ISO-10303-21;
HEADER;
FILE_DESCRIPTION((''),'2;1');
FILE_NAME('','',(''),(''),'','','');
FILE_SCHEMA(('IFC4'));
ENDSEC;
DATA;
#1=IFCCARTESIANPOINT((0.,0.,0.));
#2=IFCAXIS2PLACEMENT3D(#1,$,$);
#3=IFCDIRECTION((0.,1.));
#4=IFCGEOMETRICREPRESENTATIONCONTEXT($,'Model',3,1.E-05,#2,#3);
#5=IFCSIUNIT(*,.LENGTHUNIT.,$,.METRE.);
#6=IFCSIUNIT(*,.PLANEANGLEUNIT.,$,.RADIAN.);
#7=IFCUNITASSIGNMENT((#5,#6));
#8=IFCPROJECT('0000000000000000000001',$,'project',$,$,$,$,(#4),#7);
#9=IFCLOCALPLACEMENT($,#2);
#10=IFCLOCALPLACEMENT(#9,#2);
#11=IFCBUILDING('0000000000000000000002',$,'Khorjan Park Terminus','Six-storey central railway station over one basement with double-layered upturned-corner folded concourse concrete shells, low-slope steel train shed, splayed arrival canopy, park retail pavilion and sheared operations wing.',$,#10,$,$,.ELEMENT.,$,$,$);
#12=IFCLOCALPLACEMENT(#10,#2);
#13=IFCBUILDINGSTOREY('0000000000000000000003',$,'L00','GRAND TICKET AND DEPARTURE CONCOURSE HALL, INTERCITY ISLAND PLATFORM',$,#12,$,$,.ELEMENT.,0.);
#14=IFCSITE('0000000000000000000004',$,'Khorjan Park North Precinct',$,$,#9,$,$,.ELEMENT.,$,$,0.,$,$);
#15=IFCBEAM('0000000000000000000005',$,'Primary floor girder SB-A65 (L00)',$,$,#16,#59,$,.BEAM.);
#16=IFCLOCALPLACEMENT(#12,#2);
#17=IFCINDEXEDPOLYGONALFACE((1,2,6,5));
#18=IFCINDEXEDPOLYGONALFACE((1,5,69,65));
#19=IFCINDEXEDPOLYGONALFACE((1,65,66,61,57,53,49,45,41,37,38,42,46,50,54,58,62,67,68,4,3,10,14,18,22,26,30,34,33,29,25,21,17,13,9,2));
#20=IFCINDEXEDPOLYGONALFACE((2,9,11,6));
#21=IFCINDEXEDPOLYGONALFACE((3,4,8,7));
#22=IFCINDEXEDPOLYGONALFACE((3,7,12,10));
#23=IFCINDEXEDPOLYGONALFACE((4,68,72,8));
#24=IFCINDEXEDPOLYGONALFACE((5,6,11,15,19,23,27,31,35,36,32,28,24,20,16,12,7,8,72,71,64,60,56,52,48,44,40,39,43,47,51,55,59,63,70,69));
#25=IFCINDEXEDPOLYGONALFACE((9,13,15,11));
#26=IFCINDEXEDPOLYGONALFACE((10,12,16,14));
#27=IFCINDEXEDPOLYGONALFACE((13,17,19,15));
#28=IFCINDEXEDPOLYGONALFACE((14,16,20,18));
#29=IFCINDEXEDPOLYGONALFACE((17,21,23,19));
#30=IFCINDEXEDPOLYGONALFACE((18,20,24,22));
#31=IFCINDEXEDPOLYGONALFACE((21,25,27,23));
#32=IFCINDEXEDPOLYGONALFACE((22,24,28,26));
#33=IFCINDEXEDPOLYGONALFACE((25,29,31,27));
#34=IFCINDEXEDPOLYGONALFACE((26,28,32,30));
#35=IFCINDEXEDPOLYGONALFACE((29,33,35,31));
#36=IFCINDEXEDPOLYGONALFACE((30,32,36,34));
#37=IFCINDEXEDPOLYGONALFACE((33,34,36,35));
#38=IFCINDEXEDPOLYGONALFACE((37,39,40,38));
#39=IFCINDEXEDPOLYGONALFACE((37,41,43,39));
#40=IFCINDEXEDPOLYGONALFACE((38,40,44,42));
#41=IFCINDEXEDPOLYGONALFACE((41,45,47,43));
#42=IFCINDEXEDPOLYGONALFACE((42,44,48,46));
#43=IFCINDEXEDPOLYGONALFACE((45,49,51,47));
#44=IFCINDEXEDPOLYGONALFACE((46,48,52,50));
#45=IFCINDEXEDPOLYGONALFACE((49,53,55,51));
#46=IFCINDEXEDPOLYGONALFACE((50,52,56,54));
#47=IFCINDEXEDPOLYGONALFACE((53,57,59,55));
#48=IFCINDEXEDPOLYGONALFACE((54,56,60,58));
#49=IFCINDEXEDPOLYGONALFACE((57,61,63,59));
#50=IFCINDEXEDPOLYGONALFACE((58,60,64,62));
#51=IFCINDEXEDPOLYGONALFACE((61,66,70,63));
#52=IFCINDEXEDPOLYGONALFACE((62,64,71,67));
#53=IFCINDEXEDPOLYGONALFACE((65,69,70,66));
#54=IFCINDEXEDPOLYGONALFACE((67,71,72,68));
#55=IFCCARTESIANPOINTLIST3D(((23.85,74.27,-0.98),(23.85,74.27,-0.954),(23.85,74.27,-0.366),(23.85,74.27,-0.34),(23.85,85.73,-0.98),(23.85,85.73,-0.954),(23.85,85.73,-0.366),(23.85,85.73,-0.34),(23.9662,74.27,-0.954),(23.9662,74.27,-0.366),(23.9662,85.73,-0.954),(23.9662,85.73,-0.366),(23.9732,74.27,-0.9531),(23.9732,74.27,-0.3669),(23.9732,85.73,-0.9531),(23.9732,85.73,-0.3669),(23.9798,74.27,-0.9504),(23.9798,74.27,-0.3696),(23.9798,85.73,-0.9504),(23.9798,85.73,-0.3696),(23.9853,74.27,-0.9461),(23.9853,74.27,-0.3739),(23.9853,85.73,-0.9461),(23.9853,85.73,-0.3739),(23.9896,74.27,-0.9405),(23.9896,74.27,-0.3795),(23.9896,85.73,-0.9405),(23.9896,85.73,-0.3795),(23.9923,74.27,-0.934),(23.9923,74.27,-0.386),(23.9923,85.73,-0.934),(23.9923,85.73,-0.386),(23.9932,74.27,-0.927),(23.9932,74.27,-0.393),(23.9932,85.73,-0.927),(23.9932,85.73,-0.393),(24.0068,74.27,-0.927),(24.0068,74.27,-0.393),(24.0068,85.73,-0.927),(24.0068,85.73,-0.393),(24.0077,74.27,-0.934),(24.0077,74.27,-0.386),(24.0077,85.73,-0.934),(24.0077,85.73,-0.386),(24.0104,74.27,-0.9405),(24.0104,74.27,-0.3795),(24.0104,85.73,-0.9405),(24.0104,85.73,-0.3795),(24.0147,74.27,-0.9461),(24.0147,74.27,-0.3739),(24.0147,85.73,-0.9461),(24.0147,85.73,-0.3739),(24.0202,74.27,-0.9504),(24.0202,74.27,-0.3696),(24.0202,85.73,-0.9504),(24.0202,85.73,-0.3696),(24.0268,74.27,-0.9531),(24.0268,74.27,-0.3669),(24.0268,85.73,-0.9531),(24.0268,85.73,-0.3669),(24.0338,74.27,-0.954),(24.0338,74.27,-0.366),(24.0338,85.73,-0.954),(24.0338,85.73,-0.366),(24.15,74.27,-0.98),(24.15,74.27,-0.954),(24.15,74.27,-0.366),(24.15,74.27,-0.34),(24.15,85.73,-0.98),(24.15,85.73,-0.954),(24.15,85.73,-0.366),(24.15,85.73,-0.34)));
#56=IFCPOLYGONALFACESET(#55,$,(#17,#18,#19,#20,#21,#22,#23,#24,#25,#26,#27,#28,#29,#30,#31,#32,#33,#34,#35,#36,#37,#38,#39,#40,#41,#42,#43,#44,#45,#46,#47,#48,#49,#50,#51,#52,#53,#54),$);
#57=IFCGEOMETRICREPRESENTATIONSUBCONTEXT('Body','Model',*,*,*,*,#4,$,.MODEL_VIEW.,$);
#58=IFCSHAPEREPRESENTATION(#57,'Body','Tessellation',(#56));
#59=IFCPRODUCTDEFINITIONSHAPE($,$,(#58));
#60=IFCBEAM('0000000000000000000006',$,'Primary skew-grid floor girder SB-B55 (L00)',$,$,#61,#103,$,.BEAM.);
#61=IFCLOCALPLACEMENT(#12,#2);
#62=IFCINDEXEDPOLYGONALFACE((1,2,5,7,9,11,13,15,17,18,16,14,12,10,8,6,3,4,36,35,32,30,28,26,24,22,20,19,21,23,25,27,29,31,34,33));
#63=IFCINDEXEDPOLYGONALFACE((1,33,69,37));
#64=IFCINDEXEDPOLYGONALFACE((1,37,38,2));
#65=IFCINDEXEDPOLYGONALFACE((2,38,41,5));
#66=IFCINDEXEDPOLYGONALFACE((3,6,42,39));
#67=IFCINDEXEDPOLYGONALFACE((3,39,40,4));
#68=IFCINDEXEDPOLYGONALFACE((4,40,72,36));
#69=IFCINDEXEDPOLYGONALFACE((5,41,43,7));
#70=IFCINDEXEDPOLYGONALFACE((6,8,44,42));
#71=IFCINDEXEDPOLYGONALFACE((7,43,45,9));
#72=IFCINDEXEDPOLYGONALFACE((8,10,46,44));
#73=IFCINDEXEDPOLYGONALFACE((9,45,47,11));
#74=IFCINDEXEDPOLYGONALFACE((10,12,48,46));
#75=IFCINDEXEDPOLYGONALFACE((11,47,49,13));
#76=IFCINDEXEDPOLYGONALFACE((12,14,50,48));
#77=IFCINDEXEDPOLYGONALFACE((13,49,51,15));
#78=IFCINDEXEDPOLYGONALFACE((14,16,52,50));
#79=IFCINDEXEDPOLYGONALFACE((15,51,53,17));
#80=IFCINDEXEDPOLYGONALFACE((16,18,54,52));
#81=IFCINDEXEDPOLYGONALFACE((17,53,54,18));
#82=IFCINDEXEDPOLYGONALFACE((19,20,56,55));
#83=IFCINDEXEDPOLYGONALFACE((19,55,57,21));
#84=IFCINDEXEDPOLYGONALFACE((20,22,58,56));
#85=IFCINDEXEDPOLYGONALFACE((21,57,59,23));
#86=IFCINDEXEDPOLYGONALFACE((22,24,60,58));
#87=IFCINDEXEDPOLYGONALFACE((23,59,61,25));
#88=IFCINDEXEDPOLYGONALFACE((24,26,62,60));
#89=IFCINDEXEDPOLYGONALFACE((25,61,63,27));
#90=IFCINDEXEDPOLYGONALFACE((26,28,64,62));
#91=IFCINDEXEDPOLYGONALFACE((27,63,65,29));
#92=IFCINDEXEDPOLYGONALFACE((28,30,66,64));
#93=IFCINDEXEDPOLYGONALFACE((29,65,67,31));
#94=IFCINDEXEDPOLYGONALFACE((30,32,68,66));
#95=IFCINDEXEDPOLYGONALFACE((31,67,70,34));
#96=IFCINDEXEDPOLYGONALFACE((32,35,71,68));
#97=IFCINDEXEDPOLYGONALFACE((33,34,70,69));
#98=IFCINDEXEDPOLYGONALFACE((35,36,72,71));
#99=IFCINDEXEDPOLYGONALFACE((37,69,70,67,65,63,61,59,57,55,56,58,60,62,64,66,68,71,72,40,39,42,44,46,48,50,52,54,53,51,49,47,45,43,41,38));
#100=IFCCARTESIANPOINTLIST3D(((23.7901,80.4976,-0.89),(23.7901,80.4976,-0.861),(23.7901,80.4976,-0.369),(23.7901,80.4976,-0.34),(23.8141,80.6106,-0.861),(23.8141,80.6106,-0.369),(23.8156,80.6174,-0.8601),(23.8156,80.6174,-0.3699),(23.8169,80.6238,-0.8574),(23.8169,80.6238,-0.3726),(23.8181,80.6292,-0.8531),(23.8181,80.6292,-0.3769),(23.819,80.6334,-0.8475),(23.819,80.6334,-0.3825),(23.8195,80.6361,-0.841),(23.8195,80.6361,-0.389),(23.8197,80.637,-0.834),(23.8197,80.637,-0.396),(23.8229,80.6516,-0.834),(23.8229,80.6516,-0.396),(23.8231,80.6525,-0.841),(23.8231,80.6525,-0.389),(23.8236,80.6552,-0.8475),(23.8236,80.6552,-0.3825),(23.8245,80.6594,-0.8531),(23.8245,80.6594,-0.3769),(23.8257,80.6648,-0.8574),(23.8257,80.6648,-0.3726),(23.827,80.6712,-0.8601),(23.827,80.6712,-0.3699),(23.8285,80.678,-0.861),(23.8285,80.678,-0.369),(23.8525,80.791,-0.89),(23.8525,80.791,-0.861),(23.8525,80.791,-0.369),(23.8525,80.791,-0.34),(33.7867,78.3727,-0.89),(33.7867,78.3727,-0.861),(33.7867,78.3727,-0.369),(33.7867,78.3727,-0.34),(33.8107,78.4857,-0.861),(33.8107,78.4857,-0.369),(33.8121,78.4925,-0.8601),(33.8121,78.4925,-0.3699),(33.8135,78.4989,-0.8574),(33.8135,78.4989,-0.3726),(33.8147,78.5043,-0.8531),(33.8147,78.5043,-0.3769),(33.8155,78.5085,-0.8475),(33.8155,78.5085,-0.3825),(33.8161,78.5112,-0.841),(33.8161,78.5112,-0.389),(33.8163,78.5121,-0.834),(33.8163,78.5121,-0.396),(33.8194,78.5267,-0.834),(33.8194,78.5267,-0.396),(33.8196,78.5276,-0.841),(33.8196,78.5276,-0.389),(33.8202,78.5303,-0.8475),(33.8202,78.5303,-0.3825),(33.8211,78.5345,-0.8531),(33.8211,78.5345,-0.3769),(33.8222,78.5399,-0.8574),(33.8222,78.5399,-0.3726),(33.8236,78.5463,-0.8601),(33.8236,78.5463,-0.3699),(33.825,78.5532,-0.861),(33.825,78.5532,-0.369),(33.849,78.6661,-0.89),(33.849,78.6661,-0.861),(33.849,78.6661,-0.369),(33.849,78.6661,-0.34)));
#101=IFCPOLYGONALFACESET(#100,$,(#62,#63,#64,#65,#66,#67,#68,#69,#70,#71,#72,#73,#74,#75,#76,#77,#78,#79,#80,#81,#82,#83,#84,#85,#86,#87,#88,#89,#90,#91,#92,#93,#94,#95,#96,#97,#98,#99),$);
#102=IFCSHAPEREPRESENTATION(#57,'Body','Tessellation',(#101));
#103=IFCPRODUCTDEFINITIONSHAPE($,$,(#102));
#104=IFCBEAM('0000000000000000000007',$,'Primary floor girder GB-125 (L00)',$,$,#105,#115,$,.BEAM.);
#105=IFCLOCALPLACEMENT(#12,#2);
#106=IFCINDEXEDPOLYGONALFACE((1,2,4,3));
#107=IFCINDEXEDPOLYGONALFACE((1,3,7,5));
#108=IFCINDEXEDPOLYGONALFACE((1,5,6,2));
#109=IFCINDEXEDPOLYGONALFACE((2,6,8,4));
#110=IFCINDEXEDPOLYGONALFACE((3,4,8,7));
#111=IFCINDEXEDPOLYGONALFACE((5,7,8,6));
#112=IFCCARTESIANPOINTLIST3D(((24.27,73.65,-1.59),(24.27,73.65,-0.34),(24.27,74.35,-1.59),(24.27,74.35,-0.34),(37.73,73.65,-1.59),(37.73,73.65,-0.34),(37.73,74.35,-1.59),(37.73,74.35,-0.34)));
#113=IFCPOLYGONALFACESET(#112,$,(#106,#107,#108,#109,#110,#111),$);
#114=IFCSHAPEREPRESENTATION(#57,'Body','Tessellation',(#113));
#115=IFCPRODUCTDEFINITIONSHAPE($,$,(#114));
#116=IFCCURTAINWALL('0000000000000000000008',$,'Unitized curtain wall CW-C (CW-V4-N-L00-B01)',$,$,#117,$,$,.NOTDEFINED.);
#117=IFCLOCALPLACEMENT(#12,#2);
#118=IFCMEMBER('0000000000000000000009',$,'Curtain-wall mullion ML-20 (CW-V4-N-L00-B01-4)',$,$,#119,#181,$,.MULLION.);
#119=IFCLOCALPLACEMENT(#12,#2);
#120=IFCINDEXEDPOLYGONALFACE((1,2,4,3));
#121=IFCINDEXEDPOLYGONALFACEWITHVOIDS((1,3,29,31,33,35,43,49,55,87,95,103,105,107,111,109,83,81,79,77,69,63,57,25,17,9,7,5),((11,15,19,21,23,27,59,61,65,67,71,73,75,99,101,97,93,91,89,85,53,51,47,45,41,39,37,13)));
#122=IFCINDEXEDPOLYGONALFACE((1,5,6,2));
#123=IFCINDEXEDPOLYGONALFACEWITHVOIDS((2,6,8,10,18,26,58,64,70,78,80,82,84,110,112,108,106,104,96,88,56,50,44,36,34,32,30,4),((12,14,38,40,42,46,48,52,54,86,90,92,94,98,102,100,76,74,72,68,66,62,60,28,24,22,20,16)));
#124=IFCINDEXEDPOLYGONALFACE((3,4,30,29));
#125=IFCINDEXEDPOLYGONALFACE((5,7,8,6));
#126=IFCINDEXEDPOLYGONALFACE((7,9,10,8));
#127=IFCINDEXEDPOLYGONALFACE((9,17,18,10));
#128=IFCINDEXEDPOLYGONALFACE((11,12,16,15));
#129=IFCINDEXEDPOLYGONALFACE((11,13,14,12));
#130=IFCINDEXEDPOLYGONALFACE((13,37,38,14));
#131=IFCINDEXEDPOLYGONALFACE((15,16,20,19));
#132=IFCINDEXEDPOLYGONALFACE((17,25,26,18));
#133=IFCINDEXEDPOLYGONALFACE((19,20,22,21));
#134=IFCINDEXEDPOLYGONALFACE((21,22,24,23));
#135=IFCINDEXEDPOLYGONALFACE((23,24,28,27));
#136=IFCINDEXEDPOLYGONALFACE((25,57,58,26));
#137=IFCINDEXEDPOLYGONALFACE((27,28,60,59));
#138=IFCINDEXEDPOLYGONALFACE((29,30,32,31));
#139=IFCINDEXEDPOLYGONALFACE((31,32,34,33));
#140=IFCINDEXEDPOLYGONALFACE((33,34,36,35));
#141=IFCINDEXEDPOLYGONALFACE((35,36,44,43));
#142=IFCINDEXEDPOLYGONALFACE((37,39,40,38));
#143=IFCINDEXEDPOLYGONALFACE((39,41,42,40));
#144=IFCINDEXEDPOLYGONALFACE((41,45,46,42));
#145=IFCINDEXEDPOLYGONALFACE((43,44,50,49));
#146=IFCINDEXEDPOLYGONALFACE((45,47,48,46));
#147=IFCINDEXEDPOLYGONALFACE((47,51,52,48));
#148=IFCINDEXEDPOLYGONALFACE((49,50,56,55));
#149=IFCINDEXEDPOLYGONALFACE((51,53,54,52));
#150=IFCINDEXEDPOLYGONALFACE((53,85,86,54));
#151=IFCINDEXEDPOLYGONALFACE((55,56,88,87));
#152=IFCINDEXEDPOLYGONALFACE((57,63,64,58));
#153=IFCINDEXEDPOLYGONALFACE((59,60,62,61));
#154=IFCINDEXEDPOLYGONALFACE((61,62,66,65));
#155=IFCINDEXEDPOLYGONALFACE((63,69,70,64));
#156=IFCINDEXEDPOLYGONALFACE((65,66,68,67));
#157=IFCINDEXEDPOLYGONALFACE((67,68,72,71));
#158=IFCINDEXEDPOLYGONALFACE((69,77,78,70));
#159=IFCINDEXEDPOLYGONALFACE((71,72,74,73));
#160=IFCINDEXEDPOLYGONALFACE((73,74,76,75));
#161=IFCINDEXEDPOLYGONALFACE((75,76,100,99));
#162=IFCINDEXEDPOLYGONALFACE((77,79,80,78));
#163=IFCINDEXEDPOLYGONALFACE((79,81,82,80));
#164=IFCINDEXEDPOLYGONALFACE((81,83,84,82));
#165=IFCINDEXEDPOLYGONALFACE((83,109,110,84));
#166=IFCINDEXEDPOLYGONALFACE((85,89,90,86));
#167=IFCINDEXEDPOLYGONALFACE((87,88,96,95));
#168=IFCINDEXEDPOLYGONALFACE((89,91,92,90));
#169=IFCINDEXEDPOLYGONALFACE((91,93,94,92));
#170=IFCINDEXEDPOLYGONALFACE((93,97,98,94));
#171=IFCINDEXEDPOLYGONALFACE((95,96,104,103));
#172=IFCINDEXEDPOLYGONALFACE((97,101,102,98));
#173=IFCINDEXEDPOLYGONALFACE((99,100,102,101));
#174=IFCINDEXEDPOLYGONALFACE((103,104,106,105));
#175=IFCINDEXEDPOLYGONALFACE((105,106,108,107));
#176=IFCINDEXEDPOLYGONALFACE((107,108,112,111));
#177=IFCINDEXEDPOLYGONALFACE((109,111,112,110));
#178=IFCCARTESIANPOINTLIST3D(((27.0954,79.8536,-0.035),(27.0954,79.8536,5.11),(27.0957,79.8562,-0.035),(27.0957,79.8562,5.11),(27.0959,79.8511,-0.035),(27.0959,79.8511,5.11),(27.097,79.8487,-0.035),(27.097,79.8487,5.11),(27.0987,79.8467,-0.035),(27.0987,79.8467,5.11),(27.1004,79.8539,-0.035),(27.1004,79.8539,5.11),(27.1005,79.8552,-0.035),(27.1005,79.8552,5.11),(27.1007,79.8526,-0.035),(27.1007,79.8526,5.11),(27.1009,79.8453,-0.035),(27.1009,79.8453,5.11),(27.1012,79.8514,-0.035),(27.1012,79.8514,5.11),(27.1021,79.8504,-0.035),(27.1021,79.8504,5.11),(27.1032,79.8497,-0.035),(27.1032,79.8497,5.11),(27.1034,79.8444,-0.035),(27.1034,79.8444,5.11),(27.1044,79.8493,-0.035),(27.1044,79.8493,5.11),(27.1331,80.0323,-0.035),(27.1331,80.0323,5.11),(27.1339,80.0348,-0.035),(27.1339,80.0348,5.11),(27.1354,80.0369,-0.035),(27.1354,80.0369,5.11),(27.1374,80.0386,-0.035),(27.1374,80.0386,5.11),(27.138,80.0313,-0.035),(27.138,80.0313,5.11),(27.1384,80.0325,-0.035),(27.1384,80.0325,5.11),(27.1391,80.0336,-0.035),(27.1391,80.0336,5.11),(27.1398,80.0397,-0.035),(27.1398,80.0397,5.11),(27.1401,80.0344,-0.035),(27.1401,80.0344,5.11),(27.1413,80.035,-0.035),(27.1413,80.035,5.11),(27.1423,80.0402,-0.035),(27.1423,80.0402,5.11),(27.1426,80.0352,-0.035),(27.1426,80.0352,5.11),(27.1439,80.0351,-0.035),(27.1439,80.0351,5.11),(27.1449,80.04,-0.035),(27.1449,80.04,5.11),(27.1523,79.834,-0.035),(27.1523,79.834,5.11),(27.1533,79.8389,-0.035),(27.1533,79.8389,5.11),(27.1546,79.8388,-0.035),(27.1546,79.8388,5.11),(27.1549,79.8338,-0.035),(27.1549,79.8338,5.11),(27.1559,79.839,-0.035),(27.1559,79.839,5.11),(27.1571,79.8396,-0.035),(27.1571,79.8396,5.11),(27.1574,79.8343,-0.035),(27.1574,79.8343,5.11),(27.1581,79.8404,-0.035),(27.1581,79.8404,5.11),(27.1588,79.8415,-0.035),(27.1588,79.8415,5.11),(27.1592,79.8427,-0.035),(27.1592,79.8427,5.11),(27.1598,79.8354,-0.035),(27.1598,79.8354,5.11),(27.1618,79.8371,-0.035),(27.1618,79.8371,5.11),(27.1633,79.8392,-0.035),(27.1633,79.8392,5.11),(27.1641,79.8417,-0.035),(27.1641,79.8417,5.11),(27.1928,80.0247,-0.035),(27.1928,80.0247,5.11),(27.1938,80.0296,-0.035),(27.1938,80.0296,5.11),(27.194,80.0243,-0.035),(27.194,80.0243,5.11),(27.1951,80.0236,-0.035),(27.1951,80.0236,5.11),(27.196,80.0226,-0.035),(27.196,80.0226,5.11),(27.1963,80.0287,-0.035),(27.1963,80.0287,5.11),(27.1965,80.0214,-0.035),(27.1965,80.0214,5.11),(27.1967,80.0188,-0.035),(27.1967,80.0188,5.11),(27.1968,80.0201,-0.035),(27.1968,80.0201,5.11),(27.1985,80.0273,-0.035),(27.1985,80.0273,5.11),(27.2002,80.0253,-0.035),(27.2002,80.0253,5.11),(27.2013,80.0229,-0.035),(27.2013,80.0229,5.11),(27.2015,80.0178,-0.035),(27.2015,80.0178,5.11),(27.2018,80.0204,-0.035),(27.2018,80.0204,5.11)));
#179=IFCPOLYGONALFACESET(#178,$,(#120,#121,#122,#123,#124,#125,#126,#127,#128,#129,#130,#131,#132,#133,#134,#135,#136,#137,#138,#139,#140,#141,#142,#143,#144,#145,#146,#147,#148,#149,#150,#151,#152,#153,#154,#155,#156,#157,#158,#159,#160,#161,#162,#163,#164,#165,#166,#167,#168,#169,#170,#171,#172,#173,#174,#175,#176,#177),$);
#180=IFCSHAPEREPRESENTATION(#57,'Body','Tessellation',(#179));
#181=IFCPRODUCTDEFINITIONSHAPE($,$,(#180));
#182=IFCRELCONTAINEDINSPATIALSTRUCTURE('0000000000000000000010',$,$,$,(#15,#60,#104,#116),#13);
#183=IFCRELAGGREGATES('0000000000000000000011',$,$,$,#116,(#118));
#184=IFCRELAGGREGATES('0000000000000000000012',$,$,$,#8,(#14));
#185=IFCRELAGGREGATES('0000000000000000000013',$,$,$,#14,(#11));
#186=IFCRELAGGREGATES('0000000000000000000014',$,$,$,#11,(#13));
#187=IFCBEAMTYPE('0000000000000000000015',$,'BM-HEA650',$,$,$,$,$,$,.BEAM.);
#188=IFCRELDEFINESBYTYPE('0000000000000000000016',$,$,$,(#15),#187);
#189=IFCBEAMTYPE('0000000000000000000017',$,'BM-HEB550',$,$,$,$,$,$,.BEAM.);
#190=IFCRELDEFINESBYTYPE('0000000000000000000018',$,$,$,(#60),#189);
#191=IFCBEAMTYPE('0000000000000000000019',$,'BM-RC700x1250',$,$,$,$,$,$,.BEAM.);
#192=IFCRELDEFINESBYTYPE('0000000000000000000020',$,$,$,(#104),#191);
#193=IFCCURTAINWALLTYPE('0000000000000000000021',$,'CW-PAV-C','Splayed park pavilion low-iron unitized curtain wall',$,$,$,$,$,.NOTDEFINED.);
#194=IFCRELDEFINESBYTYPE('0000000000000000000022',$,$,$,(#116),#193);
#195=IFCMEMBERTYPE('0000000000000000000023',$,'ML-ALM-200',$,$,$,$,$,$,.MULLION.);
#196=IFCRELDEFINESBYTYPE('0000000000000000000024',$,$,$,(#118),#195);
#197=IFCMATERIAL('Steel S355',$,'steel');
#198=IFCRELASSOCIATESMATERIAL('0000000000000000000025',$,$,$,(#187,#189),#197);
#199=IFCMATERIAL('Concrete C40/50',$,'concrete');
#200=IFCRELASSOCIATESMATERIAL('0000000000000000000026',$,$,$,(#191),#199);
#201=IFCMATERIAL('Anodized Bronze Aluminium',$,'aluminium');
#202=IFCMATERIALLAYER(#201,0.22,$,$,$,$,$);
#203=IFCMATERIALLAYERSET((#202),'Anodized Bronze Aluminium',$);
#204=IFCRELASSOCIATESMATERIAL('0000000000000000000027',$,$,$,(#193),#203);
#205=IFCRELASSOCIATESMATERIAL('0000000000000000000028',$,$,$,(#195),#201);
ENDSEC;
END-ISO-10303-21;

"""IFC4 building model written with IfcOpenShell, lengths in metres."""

from ifc_helpers import new_model, si_unit, direction, frame, origin, origin_2d, place, context, subcontext, project, spatial, rectangle, hollow_rectangle, i_section, extrude, material, layer, layer_set, material_profile, profile_set, type_object, element, aggregate, save


model = new_model("IFC4")

# Units and contexts
model_context = context("Model", 3, precision=1e-05, world=origin(), true_north=direction((0.0, 1.0)))
body_context = subcontext(model_context, "Body", "Model", "MODEL_VIEW")
ifc_project = project(units=[si_unit("LENGTHUNIT", "METRE"), si_unit("PLANEANGLEUNIT", "RADIAN")], contexts=[model_context])

# Site, building, storey
site_placement = place(None, origin())
site = spatial("IfcSite", under=ifc_project, at=site_placement, Name="Khorjan Park North Precinct", CompositionType="ELEMENT", RefElevation=0.0)
building_placement = place(site_placement, origin())
building = spatial("IfcBuilding", under=site, at=building_placement, Name="Khorjan Park Terminus", Description="Six-storey central railway station over one basement with double-layered upturned-corner folded concourse concrete shells, low-slope steel train shed, splayed arrival canopy, park retail pavilion and sheared operations wing.", CompositionType="ELEMENT")
storey_placement = place(building_placement, origin())
storey = spatial("IfcBuildingStorey", under=building, at=storey_placement, Name="L00", Description="GRAND TICKET AND DEPARTURE CONCOURSE HALL, INTERCITY ISLAND PLATFORM", CompositionType="ELEMENT", Elevation=0.0)

# Beams
ifc_material_1 = material(Name="Steel S355", Category="steel")
ifc_material_profile_1 = material_profile(ifc_material_1, i_section(OverallWidth=0.3, OverallDepth=0.64, WebThickness=0.0135, FlangeThickness=0.026, FilletRadius=0.027, at=origin_2d()), Name="HEA 650")
ifc_profile_set_1 = profile_set([ifc_material_profile_1], Name="Steel S355")
beam_type_1 = type_object("IfcBeamType", Name="BM-HEA650", PredefinedType="BEAM", material=ifc_profile_set_1)
beam_1_placement = place(storey_placement, frame((24.0, 74.27, -0.66), z_axis=(0.0, 1.0, 0.0), x_axis=(-1.0, 0.0, 0.0)))
element("IfcBeam", 1, at=beam_1_placement, inside=storey, type_object=beam_type_1, Name="Primary floor girder SB-A65 (L00)", PredefinedType="BEAM", context=body_context, shape_type="SweptSolid", body=[
    extrude(i_section(OverallWidth=0.3, OverallDepth=0.64, WebThickness=0.0135, FlangeThickness=0.026, FilletRadius=0.027, at=origin_2d()), origin(), (0.0, 0.0, 1.0), 11.46),
])
ifc_material_profile_2 = material_profile(ifc_material_1, i_section(OverallWidth=0.3, OverallDepth=0.55, WebThickness=0.015, FlangeThickness=0.029, FilletRadius=0.027, at=origin_2d()), Name="HEB 550")
ifc_profile_set_2 = profile_set([ifc_material_profile_2], Name="Steel S355")
beam_type_2 = type_object("IfcBeamType", Name="BM-HEB550", PredefinedType="BEAM", material=ifc_profile_set_2)
beam_2_placement = place(storey_placement, frame((23.8213, 80.6443, -0.615), z_axis=(0.978146, -0.207917, 0.0), x_axis=(0.207917, 0.978146, 0.0)))
element("IfcBeam", 2, at=beam_2_placement, inside=storey, type_object=beam_type_2, Name="Primary skew-grid floor girder SB-B55 (L00)", PredefinedType="BEAM", context=body_context, shape_type="SweptSolid", body=[
    extrude(i_section(OverallWidth=0.3, OverallDepth=0.55, WebThickness=0.015, FlangeThickness=0.029, FilletRadius=0.027, at=origin_2d()), origin(), (0.0, 0.0, 1.0), 10.2199),
])
ifc_material_2 = material(Name="Concrete C40/50", Category="concrete")
ifc_material_profile_3 = material_profile(ifc_material_2, rectangle(XDim=0.7, YDim=1.25, at=origin_2d()), Name="RC 700x1250")
ifc_profile_set_3 = profile_set([ifc_material_profile_3], Name="Concrete C40/50")
beam_type_3 = type_object("IfcBeamType", Name="BM-RC700x1250", PredefinedType="BEAM", material=ifc_profile_set_3)
beam_3_placement = place(storey_placement, frame((24.27, 74.0, -0.965), z_axis=(1.0, 0.0, 0.0), x_axis=(0.0, 1.0, 0.0)))
element("IfcBeam", 3, at=beam_3_placement, inside=storey, type_object=beam_type_3, Name="Primary floor girder GB-125 (L00)", PredefinedType="BEAM", context=body_context, shape_type="SweptSolid", body=[
    extrude(rectangle(XDim=0.7, YDim=1.25, at=origin_2d()), origin(), (0.0, 0.0, 1.0), 13.46),
])

# Curtain wall, member
ifc_material_3 = material(Name="Anodized Bronze Aluminium", Category="aluminium")
ifc_layer_1 = layer(ifc_material_3, 0.22)
ifc_layer_set_1 = layer_set([ifc_layer_1], Name="Anodized Bronze Aluminium")
curtain_wall_type = type_object("IfcCurtainWallType", Name="CW-PAV-C", Description="Splayed park pavilion low-iron unitized curtain wall", PredefinedType="NOTDEFINED", material=ifc_layer_set_1)
curtain_wall_placement = place(storey_placement, origin())
curtain_wall = element("IfcCurtainWall", 4, at=curtain_wall_placement, inside=storey, type_object=curtain_wall_type, Name="Unitized curtain wall CW-C (CW-V4-N-L00-B01)", PredefinedType="NOTDEFINED")
ifc_material_profile_4 = material_profile(ifc_material_3, hollow_rectangle(XDim=0.07, YDim=0.2, WallThickness=0.005, InnerFilletRadius=0.005, OuterFilletRadius=0.01, at=origin_2d()), Name="ALM 70x200x5")
ifc_profile_set_4 = profile_set([ifc_material_profile_4], Name="Anodized Bronze Aluminium")
member_type_1 = type_object("IfcMemberType", Name="ML-ALM-200", PredefinedType="MULLION", material=ifc_profile_set_4)
member_1_placement = place(storey_placement, frame((27.1486, 79.937, -0.035), z_axis=(0.0, 0.0, 1.0), x_axis=(-0.97815, 0.207903, 0.0)))
member_1 = element("IfcMember", 5, at=member_1_placement, type_object=member_type_1, Name="Curtain-wall mullion ML-20 (CW-V4-N-L00-B01-4)", PredefinedType="MULLION", context=body_context, shape_type="SweptSolid", body=[
    extrude(hollow_rectangle(XDim=0.07, YDim=0.2, WallThickness=0.005, InnerFilletRadius=0.005, OuterFilletRadius=0.01, at=origin_2d()), origin(), (0.0, 0.0, 1.0), 5.145),
])
aggregate(curtain_wall, [member_1])

save(model, "model.ifc")
